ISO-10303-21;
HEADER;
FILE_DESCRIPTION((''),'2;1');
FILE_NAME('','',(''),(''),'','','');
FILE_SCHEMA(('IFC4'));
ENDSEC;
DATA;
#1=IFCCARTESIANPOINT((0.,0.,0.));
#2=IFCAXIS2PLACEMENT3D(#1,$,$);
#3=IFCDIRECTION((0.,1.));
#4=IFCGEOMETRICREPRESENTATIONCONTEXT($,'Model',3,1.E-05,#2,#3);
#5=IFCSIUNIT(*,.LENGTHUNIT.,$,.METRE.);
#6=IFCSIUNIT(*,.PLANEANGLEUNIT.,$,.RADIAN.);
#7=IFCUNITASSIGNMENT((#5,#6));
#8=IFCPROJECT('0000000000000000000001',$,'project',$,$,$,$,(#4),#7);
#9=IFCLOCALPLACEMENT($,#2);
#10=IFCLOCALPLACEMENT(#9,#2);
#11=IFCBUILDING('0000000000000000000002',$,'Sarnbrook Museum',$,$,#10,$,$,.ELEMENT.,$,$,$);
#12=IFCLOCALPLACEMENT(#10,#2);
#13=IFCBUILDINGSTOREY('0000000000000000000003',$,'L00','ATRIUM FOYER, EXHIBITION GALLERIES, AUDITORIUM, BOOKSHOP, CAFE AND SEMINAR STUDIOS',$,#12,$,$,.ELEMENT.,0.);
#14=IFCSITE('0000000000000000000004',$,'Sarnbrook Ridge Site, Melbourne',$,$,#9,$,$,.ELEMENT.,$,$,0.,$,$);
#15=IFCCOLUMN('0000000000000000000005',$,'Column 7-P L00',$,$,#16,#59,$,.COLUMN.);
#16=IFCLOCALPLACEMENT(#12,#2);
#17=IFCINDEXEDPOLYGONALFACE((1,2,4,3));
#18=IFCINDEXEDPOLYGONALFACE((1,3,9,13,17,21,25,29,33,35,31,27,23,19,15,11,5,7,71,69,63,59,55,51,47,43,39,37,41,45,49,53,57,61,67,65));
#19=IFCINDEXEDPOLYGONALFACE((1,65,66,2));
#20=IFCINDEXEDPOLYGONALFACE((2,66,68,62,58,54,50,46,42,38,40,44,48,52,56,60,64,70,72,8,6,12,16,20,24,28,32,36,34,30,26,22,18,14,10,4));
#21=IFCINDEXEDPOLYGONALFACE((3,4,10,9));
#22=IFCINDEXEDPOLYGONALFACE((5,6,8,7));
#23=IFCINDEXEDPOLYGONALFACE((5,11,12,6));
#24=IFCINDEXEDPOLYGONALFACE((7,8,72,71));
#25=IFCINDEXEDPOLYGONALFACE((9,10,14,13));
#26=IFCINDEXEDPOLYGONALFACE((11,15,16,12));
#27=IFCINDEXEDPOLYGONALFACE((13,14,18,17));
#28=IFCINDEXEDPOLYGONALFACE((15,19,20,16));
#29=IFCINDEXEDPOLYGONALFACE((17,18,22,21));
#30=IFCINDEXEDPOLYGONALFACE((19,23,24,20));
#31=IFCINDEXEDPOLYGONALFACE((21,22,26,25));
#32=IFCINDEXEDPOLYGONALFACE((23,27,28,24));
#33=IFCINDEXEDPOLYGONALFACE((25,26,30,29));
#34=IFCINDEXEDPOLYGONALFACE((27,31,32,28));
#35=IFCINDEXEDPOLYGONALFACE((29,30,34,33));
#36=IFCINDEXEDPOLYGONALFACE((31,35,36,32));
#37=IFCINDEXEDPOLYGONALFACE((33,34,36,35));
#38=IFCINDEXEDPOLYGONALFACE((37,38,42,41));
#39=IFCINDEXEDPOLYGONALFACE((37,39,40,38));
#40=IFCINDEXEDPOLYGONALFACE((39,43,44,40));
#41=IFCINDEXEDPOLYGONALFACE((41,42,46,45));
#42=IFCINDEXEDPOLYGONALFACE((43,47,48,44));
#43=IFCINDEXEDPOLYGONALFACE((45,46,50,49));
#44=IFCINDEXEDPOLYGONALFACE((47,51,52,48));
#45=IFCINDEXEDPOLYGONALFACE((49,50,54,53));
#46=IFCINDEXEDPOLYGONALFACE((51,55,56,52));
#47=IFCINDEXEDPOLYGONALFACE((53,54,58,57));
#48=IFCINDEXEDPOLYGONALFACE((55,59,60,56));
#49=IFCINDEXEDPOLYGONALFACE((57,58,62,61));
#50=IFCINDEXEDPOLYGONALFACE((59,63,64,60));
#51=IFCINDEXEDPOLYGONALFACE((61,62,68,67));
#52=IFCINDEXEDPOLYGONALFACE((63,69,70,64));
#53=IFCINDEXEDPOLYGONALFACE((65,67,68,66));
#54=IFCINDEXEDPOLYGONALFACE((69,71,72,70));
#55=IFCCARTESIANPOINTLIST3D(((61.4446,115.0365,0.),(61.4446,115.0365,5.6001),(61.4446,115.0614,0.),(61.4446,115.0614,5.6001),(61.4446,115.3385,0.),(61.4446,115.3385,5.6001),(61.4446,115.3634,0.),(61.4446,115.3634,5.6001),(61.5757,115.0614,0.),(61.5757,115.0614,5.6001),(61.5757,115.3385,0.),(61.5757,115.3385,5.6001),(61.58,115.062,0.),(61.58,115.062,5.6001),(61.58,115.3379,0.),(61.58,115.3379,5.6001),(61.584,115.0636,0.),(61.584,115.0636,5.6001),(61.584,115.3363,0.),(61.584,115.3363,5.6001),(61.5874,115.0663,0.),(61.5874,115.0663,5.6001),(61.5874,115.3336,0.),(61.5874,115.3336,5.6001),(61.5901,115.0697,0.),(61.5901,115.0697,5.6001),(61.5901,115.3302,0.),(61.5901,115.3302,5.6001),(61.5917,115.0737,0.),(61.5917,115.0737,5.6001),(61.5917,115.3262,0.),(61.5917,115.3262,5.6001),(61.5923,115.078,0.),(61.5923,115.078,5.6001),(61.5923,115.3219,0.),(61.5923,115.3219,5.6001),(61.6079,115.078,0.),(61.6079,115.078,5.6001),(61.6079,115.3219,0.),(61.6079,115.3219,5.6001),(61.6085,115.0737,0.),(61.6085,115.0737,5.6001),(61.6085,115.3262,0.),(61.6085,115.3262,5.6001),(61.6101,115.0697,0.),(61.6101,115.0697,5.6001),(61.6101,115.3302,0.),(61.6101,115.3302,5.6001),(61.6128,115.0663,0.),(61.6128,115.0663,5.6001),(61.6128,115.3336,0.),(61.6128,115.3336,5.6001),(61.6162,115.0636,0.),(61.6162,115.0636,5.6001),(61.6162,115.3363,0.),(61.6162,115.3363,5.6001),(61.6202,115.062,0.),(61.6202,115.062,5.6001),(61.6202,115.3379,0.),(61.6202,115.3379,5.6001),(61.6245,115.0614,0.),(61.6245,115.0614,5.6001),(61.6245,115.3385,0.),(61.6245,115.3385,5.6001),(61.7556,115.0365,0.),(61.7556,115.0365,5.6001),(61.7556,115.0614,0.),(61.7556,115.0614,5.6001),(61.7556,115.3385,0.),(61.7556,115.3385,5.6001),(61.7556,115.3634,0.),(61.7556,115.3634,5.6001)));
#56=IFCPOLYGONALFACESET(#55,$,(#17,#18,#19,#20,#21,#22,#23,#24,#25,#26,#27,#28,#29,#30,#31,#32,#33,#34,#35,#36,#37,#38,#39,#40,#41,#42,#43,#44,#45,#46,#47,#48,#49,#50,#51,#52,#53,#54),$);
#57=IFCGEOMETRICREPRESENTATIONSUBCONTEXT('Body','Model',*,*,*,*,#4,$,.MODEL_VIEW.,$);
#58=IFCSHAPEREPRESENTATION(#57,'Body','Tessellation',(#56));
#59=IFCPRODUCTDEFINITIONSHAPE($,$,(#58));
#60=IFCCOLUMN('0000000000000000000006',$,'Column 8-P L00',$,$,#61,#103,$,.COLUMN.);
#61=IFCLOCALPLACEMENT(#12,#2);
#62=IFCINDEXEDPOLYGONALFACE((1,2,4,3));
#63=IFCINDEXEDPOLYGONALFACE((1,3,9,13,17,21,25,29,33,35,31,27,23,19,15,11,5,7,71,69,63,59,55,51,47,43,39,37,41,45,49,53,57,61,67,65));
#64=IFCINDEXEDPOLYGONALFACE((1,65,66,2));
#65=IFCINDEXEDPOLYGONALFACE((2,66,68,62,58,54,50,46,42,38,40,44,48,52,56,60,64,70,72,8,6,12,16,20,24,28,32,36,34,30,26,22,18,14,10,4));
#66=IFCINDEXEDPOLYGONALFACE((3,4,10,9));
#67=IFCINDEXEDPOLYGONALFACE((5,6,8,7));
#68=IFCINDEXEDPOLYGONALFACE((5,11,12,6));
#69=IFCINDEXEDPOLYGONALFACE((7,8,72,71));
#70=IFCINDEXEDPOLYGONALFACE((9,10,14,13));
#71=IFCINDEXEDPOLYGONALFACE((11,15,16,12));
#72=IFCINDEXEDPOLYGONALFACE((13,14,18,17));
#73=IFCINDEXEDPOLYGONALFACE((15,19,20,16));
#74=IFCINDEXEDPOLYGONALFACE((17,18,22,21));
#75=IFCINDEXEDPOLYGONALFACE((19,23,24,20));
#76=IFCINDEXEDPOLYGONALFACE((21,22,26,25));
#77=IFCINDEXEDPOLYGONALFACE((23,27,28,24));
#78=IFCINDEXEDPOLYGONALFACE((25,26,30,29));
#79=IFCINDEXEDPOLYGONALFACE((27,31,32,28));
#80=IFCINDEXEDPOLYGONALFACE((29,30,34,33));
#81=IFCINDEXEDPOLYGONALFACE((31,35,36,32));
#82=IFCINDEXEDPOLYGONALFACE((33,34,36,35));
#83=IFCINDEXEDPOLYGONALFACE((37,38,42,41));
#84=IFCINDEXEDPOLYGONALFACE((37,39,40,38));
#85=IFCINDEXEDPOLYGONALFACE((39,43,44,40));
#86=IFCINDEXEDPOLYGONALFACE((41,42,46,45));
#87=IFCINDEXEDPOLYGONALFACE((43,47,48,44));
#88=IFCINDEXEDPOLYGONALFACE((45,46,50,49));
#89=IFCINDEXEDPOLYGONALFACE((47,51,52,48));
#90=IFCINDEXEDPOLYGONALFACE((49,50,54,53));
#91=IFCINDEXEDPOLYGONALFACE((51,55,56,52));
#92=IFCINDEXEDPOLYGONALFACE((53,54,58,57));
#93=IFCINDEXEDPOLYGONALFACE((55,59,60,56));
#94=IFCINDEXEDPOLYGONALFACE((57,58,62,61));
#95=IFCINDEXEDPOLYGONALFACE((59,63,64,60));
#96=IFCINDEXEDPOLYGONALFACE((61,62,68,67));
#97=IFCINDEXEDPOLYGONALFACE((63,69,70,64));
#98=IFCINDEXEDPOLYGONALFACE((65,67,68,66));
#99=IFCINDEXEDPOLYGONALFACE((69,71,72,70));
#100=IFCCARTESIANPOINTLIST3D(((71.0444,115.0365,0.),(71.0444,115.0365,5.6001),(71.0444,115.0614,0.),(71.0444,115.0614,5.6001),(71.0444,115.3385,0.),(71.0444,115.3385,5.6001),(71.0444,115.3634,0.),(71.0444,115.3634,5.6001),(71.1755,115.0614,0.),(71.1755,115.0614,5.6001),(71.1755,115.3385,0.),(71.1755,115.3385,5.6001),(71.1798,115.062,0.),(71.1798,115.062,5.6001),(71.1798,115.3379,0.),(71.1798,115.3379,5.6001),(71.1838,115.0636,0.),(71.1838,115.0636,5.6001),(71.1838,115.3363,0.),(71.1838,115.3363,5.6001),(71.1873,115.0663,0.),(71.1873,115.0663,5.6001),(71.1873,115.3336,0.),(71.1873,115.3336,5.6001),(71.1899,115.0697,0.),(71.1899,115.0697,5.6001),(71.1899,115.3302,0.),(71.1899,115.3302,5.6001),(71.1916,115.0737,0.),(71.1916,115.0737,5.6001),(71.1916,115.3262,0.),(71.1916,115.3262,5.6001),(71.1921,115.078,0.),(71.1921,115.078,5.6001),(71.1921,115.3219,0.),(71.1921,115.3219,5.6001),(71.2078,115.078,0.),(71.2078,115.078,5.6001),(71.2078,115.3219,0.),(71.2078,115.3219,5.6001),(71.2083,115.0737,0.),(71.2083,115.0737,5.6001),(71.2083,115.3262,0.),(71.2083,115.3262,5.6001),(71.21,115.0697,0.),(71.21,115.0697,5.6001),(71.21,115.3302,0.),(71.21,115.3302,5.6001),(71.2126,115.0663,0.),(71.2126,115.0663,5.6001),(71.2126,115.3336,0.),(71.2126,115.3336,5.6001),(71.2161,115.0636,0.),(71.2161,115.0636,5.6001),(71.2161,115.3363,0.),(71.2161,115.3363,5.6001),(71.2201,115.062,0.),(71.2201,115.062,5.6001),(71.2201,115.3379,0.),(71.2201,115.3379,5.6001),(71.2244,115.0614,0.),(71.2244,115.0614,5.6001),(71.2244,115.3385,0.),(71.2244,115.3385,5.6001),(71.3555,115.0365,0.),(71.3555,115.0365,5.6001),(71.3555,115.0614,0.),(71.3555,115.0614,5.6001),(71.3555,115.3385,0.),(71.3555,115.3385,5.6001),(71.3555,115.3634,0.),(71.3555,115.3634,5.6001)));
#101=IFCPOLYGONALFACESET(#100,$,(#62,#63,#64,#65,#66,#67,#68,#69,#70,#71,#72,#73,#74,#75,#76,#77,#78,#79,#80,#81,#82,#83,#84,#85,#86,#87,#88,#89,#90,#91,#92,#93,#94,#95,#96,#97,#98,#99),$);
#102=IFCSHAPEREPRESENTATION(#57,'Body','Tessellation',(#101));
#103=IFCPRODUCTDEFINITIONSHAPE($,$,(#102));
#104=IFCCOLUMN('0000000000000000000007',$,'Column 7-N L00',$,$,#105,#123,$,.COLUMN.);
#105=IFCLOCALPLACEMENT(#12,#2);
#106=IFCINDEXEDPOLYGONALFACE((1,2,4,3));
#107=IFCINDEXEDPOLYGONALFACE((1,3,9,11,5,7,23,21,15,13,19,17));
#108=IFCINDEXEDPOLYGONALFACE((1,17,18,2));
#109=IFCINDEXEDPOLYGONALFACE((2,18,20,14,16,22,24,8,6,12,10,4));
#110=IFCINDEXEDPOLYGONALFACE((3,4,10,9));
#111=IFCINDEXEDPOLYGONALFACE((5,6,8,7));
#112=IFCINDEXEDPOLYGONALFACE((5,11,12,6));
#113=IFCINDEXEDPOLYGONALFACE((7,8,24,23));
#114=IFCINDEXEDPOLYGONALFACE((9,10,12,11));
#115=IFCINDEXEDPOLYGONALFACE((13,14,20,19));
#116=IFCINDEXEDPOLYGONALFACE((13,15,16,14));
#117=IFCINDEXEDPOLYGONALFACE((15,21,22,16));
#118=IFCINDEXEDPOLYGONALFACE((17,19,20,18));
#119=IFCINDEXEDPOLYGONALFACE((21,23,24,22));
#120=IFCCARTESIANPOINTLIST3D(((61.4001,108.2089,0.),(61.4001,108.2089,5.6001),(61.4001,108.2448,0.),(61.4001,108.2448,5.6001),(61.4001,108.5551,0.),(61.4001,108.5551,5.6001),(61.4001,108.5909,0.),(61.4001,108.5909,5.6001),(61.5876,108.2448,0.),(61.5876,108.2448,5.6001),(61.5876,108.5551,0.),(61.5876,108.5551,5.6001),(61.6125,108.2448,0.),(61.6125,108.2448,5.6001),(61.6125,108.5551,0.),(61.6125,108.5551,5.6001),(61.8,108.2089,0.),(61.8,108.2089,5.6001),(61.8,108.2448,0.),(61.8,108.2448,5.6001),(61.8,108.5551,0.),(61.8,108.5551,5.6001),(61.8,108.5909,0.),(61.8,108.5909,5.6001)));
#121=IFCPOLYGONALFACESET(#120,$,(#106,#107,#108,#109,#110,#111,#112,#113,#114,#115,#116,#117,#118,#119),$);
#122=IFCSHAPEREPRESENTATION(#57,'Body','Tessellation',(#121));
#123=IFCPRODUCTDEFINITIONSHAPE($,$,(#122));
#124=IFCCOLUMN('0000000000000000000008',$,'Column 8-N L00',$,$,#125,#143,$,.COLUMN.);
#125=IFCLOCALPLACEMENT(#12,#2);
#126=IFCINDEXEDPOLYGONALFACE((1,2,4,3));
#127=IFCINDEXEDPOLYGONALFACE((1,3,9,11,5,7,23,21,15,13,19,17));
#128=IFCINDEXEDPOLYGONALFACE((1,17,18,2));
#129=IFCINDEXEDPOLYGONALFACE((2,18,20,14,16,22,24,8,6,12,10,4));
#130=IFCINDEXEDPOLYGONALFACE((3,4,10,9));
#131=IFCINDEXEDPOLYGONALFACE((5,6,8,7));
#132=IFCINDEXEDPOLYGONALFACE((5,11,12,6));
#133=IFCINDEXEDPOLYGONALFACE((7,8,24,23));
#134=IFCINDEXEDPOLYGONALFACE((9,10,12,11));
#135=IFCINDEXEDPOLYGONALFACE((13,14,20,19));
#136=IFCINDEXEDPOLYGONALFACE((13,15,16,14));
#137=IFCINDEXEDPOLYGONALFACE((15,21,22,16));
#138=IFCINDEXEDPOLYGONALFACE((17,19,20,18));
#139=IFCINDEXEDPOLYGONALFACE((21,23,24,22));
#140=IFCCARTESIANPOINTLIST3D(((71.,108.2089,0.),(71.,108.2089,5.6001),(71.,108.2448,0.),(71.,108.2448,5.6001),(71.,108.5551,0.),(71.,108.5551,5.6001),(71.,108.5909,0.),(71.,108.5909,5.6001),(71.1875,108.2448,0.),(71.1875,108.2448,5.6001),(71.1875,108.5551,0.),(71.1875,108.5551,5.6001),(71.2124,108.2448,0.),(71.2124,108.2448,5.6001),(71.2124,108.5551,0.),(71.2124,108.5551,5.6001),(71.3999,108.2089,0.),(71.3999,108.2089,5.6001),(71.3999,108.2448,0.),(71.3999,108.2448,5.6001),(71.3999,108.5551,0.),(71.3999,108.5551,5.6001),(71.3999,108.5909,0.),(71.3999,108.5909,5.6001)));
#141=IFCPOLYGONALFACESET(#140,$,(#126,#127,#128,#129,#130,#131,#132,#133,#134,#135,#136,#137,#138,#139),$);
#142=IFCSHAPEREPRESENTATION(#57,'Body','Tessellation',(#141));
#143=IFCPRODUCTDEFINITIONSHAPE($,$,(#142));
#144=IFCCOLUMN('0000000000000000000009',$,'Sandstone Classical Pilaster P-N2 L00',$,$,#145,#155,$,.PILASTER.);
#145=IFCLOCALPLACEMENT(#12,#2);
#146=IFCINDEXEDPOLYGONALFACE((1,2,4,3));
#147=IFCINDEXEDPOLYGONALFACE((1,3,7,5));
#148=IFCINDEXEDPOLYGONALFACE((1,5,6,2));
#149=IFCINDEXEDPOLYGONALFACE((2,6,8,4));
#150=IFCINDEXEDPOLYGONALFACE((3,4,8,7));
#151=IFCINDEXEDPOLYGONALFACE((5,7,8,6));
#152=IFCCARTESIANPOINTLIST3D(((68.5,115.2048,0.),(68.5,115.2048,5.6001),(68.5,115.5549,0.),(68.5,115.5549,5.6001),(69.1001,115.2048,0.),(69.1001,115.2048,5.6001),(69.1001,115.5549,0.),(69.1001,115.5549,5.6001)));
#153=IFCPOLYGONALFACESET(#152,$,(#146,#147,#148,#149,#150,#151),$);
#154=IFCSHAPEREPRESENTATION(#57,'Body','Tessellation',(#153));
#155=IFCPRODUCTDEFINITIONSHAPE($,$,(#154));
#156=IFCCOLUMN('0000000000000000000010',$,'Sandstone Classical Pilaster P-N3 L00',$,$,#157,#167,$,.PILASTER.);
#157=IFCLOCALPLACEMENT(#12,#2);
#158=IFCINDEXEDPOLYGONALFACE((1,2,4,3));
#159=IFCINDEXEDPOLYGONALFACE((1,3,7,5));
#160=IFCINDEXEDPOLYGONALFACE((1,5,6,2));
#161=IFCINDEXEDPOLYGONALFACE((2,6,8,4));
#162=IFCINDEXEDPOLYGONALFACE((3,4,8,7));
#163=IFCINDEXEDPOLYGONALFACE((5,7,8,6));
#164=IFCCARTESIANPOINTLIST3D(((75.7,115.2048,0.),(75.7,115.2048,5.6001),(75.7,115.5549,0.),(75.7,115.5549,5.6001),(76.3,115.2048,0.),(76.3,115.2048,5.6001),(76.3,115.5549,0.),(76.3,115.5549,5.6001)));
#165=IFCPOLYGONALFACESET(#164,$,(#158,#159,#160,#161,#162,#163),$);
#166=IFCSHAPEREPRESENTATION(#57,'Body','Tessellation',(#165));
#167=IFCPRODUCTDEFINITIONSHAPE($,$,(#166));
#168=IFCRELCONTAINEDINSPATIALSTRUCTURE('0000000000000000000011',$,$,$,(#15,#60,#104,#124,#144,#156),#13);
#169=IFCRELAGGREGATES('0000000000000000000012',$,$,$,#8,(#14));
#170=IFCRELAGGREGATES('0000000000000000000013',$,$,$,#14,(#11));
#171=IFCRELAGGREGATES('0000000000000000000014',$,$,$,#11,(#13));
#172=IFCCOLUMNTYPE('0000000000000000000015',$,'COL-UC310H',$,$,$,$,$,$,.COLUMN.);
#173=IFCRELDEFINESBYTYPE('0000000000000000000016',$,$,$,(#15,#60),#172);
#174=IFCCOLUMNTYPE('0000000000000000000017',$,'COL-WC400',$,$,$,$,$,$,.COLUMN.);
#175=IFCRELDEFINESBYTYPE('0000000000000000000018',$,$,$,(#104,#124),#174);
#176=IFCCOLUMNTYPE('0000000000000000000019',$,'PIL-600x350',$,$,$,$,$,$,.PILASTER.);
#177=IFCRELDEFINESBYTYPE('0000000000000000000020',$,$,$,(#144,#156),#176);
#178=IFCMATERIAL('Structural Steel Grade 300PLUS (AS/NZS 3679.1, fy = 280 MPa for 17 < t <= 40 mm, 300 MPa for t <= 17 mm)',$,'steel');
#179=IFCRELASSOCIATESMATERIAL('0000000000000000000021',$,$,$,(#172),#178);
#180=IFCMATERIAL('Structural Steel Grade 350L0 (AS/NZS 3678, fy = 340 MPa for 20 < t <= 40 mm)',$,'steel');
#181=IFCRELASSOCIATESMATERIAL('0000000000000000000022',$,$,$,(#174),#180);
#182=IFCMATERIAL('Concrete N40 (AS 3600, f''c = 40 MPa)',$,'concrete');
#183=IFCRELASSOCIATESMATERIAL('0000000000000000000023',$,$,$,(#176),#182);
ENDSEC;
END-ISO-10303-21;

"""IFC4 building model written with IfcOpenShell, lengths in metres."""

from ifc_helpers import new_model, si_unit, direction, frame, origin, origin_2d, place, context, subcontext, project, spatial, rectangle, i_section, extrude, material, material_profile, profile_set, type_object, element, save


model = new_model("IFC4")

# Units and contexts
model_context = context("Model", 3, precision=1e-05, world=origin(), true_north=direction((0.0, 1.0)))
body_context = subcontext(model_context, "Body", "Model", "MODEL_VIEW")
ifc_project = project(units=[si_unit("LENGTHUNIT", "METRE"), si_unit("PLANEANGLEUNIT", "RADIAN")], contexts=[model_context])

# Site, building, storey
site_placement = place(None, origin())
site = spatial("IfcSite", under=ifc_project, at=site_placement, Name="Sarnbrook Ridge Site, Melbourne", CompositionType="ELEMENT", RefElevation=0.0)
building_placement = place(site_placement, origin())
building = spatial("IfcBuilding", under=site, at=building_placement, Name="Sarnbrook Museum", CompositionType="ELEMENT")
storey_placement = place(building_placement, origin())
storey = spatial("IfcBuildingStorey", under=building, at=storey_placement, Name="L00", Description="ATRIUM FOYER, EXHIBITION GALLERIES, AUDITORIUM, BOOKSHOP, CAFE AND SEMINAR STUDIOS", CompositionType="ELEMENT", Elevation=0.0)

# Columns
ifc_material_1 = material(Name="Structural Steel Grade 300PLUS (AS/NZS 3679.1, fy = 280 MPa for 17 < t <= 40 mm, 300 MPa for t <= 17 mm)", Category="steel")
ifc_material_profile_1 = material_profile(ifc_material_1, i_section(OverallWidth=0.311, OverallDepth=0.3269, WebThickness=0.0156, FlangeThickness=0.0249, FilletRadius=0.0166, at=origin_2d()), Name="310UC158")
ifc_profile_set_1 = profile_set([ifc_material_profile_1], Name="Structural Steel Grade 300PLUS (AS/NZS 3679.1, fy = 280 MPa for 17 < t <= 40 mm, 300 MPa for t <= 17 mm)")
column_type_1 = type_object("IfcColumnType", Name="COL-UC310H", PredefinedType="COLUMN", material=ifc_profile_set_1)
for number, where, z_axis, x_axis, name in (
    (1, (61.6001, 115.2, 0.0), (0.0, 0.0, 1.0), (1.0, 0.0, 0.0), "Column 7-P L00"),
    (2, (71.2, 115.2, 0.0), (0.0, 0.0, 1.0), (1.0, 0.0, 0.0), "Column 8-P L00"),
):
    element("IfcColumn", number, at=place(storey_placement, frame(where, z_axis=z_axis, x_axis=x_axis)), inside=storey, type_object=column_type_1, Name=name, PredefinedType="COLUMN", context=body_context, shape_type="SweptSolid", body=[
        extrude(i_section(OverallWidth=0.311, OverallDepth=0.3269, WebThickness=0.0156, FlangeThickness=0.0249, FilletRadius=0.0166, at=origin_2d()), origin(), (0.0, 0.0, 1.0), 5.6001),
    ])
ifc_material_2 = material(Name="Structural Steel Grade 350L0 (AS/NZS 3678, fy = 340 MPa for 20 < t <= 40 mm)", Category="steel")
ifc_material_profile_2 = material_profile(ifc_material_2, i_section(OverallWidth=0.3999, OverallDepth=0.3821, WebThickness=0.0249, FlangeThickness=0.0359, at=origin_2d()), Name="400WC270")
ifc_profile_set_2 = profile_set([ifc_material_profile_2], Name="Structural Steel Grade 350L0 (AS/NZS 3678, fy = 340 MPa for 20 < t <= 40 mm)")
column_type_2 = type_object("IfcColumnType", Name="COL-WC400", PredefinedType="COLUMN", material=ifc_profile_set_2)
for number, where, z_axis, x_axis, name in (
    (3, (61.6001, 108.3999, 0.0), (0.0, 0.0, 1.0), (1.0, 0.0, 0.0), "Column 7-N L00"),
    (4, (71.2, 108.3999, 0.0), (0.0, 0.0, 1.0), (1.0, 0.0, 0.0), "Column 8-N L00"),
):
    element("IfcColumn", number, at=place(storey_placement, frame(where, z_axis=z_axis, x_axis=x_axis)), inside=storey, type_object=column_type_2, Name=name, PredefinedType="COLUMN", context=body_context, shape_type="SweptSolid", body=[
        extrude(i_section(OverallWidth=0.3999, OverallDepth=0.3821, WebThickness=0.0249, FlangeThickness=0.0359, at=origin_2d()), origin(), (0.0, 0.0, 1.0), 5.6001),
    ])
ifc_material_3 = material(Name="Concrete N40 (AS 3600, f'c = 40 MPa)", Category="concrete")
ifc_material_profile_3 = material_profile(ifc_material_3, rectangle(XDim=0.6001, YDim=0.3501, at=origin_2d()), Name="PILASTER 600x350")
ifc_profile_set_3 = profile_set([ifc_material_profile_3], Name="Concrete N40 (AS 3600, f'c = 40 MPa)")
column_type_3 = type_object("IfcColumnType", Name="PIL-600x350", PredefinedType="PILASTER", material=ifc_profile_set_3)
for number, where, z_axis, x_axis, name in (
    (5, (68.8, 115.3799, 0.0), (0.0, 0.0, 1.0), (1.0, 0.0, 0.0), "Sandstone Classical Pilaster P-N2 L00"),
    (6, (76.0, 115.3799, 0.0), (0.0, 0.0, 1.0), (1.0, 0.0, 0.0), "Sandstone Classical Pilaster P-N3 L00"),
):
    element("IfcColumn", number, at=place(storey_placement, frame(where, z_axis=z_axis, x_axis=x_axis)), inside=storey, type_object=column_type_3, Name=name, PredefinedType="PILASTER", context=body_context, shape_type="SweptSolid", body=[
        extrude(rectangle(XDim=0.6001, YDim=0.3501, at=origin_2d()), origin(), (0.0, 0.0, 1.0), 5.6001),
    ])

save(model, "model.ifc")
